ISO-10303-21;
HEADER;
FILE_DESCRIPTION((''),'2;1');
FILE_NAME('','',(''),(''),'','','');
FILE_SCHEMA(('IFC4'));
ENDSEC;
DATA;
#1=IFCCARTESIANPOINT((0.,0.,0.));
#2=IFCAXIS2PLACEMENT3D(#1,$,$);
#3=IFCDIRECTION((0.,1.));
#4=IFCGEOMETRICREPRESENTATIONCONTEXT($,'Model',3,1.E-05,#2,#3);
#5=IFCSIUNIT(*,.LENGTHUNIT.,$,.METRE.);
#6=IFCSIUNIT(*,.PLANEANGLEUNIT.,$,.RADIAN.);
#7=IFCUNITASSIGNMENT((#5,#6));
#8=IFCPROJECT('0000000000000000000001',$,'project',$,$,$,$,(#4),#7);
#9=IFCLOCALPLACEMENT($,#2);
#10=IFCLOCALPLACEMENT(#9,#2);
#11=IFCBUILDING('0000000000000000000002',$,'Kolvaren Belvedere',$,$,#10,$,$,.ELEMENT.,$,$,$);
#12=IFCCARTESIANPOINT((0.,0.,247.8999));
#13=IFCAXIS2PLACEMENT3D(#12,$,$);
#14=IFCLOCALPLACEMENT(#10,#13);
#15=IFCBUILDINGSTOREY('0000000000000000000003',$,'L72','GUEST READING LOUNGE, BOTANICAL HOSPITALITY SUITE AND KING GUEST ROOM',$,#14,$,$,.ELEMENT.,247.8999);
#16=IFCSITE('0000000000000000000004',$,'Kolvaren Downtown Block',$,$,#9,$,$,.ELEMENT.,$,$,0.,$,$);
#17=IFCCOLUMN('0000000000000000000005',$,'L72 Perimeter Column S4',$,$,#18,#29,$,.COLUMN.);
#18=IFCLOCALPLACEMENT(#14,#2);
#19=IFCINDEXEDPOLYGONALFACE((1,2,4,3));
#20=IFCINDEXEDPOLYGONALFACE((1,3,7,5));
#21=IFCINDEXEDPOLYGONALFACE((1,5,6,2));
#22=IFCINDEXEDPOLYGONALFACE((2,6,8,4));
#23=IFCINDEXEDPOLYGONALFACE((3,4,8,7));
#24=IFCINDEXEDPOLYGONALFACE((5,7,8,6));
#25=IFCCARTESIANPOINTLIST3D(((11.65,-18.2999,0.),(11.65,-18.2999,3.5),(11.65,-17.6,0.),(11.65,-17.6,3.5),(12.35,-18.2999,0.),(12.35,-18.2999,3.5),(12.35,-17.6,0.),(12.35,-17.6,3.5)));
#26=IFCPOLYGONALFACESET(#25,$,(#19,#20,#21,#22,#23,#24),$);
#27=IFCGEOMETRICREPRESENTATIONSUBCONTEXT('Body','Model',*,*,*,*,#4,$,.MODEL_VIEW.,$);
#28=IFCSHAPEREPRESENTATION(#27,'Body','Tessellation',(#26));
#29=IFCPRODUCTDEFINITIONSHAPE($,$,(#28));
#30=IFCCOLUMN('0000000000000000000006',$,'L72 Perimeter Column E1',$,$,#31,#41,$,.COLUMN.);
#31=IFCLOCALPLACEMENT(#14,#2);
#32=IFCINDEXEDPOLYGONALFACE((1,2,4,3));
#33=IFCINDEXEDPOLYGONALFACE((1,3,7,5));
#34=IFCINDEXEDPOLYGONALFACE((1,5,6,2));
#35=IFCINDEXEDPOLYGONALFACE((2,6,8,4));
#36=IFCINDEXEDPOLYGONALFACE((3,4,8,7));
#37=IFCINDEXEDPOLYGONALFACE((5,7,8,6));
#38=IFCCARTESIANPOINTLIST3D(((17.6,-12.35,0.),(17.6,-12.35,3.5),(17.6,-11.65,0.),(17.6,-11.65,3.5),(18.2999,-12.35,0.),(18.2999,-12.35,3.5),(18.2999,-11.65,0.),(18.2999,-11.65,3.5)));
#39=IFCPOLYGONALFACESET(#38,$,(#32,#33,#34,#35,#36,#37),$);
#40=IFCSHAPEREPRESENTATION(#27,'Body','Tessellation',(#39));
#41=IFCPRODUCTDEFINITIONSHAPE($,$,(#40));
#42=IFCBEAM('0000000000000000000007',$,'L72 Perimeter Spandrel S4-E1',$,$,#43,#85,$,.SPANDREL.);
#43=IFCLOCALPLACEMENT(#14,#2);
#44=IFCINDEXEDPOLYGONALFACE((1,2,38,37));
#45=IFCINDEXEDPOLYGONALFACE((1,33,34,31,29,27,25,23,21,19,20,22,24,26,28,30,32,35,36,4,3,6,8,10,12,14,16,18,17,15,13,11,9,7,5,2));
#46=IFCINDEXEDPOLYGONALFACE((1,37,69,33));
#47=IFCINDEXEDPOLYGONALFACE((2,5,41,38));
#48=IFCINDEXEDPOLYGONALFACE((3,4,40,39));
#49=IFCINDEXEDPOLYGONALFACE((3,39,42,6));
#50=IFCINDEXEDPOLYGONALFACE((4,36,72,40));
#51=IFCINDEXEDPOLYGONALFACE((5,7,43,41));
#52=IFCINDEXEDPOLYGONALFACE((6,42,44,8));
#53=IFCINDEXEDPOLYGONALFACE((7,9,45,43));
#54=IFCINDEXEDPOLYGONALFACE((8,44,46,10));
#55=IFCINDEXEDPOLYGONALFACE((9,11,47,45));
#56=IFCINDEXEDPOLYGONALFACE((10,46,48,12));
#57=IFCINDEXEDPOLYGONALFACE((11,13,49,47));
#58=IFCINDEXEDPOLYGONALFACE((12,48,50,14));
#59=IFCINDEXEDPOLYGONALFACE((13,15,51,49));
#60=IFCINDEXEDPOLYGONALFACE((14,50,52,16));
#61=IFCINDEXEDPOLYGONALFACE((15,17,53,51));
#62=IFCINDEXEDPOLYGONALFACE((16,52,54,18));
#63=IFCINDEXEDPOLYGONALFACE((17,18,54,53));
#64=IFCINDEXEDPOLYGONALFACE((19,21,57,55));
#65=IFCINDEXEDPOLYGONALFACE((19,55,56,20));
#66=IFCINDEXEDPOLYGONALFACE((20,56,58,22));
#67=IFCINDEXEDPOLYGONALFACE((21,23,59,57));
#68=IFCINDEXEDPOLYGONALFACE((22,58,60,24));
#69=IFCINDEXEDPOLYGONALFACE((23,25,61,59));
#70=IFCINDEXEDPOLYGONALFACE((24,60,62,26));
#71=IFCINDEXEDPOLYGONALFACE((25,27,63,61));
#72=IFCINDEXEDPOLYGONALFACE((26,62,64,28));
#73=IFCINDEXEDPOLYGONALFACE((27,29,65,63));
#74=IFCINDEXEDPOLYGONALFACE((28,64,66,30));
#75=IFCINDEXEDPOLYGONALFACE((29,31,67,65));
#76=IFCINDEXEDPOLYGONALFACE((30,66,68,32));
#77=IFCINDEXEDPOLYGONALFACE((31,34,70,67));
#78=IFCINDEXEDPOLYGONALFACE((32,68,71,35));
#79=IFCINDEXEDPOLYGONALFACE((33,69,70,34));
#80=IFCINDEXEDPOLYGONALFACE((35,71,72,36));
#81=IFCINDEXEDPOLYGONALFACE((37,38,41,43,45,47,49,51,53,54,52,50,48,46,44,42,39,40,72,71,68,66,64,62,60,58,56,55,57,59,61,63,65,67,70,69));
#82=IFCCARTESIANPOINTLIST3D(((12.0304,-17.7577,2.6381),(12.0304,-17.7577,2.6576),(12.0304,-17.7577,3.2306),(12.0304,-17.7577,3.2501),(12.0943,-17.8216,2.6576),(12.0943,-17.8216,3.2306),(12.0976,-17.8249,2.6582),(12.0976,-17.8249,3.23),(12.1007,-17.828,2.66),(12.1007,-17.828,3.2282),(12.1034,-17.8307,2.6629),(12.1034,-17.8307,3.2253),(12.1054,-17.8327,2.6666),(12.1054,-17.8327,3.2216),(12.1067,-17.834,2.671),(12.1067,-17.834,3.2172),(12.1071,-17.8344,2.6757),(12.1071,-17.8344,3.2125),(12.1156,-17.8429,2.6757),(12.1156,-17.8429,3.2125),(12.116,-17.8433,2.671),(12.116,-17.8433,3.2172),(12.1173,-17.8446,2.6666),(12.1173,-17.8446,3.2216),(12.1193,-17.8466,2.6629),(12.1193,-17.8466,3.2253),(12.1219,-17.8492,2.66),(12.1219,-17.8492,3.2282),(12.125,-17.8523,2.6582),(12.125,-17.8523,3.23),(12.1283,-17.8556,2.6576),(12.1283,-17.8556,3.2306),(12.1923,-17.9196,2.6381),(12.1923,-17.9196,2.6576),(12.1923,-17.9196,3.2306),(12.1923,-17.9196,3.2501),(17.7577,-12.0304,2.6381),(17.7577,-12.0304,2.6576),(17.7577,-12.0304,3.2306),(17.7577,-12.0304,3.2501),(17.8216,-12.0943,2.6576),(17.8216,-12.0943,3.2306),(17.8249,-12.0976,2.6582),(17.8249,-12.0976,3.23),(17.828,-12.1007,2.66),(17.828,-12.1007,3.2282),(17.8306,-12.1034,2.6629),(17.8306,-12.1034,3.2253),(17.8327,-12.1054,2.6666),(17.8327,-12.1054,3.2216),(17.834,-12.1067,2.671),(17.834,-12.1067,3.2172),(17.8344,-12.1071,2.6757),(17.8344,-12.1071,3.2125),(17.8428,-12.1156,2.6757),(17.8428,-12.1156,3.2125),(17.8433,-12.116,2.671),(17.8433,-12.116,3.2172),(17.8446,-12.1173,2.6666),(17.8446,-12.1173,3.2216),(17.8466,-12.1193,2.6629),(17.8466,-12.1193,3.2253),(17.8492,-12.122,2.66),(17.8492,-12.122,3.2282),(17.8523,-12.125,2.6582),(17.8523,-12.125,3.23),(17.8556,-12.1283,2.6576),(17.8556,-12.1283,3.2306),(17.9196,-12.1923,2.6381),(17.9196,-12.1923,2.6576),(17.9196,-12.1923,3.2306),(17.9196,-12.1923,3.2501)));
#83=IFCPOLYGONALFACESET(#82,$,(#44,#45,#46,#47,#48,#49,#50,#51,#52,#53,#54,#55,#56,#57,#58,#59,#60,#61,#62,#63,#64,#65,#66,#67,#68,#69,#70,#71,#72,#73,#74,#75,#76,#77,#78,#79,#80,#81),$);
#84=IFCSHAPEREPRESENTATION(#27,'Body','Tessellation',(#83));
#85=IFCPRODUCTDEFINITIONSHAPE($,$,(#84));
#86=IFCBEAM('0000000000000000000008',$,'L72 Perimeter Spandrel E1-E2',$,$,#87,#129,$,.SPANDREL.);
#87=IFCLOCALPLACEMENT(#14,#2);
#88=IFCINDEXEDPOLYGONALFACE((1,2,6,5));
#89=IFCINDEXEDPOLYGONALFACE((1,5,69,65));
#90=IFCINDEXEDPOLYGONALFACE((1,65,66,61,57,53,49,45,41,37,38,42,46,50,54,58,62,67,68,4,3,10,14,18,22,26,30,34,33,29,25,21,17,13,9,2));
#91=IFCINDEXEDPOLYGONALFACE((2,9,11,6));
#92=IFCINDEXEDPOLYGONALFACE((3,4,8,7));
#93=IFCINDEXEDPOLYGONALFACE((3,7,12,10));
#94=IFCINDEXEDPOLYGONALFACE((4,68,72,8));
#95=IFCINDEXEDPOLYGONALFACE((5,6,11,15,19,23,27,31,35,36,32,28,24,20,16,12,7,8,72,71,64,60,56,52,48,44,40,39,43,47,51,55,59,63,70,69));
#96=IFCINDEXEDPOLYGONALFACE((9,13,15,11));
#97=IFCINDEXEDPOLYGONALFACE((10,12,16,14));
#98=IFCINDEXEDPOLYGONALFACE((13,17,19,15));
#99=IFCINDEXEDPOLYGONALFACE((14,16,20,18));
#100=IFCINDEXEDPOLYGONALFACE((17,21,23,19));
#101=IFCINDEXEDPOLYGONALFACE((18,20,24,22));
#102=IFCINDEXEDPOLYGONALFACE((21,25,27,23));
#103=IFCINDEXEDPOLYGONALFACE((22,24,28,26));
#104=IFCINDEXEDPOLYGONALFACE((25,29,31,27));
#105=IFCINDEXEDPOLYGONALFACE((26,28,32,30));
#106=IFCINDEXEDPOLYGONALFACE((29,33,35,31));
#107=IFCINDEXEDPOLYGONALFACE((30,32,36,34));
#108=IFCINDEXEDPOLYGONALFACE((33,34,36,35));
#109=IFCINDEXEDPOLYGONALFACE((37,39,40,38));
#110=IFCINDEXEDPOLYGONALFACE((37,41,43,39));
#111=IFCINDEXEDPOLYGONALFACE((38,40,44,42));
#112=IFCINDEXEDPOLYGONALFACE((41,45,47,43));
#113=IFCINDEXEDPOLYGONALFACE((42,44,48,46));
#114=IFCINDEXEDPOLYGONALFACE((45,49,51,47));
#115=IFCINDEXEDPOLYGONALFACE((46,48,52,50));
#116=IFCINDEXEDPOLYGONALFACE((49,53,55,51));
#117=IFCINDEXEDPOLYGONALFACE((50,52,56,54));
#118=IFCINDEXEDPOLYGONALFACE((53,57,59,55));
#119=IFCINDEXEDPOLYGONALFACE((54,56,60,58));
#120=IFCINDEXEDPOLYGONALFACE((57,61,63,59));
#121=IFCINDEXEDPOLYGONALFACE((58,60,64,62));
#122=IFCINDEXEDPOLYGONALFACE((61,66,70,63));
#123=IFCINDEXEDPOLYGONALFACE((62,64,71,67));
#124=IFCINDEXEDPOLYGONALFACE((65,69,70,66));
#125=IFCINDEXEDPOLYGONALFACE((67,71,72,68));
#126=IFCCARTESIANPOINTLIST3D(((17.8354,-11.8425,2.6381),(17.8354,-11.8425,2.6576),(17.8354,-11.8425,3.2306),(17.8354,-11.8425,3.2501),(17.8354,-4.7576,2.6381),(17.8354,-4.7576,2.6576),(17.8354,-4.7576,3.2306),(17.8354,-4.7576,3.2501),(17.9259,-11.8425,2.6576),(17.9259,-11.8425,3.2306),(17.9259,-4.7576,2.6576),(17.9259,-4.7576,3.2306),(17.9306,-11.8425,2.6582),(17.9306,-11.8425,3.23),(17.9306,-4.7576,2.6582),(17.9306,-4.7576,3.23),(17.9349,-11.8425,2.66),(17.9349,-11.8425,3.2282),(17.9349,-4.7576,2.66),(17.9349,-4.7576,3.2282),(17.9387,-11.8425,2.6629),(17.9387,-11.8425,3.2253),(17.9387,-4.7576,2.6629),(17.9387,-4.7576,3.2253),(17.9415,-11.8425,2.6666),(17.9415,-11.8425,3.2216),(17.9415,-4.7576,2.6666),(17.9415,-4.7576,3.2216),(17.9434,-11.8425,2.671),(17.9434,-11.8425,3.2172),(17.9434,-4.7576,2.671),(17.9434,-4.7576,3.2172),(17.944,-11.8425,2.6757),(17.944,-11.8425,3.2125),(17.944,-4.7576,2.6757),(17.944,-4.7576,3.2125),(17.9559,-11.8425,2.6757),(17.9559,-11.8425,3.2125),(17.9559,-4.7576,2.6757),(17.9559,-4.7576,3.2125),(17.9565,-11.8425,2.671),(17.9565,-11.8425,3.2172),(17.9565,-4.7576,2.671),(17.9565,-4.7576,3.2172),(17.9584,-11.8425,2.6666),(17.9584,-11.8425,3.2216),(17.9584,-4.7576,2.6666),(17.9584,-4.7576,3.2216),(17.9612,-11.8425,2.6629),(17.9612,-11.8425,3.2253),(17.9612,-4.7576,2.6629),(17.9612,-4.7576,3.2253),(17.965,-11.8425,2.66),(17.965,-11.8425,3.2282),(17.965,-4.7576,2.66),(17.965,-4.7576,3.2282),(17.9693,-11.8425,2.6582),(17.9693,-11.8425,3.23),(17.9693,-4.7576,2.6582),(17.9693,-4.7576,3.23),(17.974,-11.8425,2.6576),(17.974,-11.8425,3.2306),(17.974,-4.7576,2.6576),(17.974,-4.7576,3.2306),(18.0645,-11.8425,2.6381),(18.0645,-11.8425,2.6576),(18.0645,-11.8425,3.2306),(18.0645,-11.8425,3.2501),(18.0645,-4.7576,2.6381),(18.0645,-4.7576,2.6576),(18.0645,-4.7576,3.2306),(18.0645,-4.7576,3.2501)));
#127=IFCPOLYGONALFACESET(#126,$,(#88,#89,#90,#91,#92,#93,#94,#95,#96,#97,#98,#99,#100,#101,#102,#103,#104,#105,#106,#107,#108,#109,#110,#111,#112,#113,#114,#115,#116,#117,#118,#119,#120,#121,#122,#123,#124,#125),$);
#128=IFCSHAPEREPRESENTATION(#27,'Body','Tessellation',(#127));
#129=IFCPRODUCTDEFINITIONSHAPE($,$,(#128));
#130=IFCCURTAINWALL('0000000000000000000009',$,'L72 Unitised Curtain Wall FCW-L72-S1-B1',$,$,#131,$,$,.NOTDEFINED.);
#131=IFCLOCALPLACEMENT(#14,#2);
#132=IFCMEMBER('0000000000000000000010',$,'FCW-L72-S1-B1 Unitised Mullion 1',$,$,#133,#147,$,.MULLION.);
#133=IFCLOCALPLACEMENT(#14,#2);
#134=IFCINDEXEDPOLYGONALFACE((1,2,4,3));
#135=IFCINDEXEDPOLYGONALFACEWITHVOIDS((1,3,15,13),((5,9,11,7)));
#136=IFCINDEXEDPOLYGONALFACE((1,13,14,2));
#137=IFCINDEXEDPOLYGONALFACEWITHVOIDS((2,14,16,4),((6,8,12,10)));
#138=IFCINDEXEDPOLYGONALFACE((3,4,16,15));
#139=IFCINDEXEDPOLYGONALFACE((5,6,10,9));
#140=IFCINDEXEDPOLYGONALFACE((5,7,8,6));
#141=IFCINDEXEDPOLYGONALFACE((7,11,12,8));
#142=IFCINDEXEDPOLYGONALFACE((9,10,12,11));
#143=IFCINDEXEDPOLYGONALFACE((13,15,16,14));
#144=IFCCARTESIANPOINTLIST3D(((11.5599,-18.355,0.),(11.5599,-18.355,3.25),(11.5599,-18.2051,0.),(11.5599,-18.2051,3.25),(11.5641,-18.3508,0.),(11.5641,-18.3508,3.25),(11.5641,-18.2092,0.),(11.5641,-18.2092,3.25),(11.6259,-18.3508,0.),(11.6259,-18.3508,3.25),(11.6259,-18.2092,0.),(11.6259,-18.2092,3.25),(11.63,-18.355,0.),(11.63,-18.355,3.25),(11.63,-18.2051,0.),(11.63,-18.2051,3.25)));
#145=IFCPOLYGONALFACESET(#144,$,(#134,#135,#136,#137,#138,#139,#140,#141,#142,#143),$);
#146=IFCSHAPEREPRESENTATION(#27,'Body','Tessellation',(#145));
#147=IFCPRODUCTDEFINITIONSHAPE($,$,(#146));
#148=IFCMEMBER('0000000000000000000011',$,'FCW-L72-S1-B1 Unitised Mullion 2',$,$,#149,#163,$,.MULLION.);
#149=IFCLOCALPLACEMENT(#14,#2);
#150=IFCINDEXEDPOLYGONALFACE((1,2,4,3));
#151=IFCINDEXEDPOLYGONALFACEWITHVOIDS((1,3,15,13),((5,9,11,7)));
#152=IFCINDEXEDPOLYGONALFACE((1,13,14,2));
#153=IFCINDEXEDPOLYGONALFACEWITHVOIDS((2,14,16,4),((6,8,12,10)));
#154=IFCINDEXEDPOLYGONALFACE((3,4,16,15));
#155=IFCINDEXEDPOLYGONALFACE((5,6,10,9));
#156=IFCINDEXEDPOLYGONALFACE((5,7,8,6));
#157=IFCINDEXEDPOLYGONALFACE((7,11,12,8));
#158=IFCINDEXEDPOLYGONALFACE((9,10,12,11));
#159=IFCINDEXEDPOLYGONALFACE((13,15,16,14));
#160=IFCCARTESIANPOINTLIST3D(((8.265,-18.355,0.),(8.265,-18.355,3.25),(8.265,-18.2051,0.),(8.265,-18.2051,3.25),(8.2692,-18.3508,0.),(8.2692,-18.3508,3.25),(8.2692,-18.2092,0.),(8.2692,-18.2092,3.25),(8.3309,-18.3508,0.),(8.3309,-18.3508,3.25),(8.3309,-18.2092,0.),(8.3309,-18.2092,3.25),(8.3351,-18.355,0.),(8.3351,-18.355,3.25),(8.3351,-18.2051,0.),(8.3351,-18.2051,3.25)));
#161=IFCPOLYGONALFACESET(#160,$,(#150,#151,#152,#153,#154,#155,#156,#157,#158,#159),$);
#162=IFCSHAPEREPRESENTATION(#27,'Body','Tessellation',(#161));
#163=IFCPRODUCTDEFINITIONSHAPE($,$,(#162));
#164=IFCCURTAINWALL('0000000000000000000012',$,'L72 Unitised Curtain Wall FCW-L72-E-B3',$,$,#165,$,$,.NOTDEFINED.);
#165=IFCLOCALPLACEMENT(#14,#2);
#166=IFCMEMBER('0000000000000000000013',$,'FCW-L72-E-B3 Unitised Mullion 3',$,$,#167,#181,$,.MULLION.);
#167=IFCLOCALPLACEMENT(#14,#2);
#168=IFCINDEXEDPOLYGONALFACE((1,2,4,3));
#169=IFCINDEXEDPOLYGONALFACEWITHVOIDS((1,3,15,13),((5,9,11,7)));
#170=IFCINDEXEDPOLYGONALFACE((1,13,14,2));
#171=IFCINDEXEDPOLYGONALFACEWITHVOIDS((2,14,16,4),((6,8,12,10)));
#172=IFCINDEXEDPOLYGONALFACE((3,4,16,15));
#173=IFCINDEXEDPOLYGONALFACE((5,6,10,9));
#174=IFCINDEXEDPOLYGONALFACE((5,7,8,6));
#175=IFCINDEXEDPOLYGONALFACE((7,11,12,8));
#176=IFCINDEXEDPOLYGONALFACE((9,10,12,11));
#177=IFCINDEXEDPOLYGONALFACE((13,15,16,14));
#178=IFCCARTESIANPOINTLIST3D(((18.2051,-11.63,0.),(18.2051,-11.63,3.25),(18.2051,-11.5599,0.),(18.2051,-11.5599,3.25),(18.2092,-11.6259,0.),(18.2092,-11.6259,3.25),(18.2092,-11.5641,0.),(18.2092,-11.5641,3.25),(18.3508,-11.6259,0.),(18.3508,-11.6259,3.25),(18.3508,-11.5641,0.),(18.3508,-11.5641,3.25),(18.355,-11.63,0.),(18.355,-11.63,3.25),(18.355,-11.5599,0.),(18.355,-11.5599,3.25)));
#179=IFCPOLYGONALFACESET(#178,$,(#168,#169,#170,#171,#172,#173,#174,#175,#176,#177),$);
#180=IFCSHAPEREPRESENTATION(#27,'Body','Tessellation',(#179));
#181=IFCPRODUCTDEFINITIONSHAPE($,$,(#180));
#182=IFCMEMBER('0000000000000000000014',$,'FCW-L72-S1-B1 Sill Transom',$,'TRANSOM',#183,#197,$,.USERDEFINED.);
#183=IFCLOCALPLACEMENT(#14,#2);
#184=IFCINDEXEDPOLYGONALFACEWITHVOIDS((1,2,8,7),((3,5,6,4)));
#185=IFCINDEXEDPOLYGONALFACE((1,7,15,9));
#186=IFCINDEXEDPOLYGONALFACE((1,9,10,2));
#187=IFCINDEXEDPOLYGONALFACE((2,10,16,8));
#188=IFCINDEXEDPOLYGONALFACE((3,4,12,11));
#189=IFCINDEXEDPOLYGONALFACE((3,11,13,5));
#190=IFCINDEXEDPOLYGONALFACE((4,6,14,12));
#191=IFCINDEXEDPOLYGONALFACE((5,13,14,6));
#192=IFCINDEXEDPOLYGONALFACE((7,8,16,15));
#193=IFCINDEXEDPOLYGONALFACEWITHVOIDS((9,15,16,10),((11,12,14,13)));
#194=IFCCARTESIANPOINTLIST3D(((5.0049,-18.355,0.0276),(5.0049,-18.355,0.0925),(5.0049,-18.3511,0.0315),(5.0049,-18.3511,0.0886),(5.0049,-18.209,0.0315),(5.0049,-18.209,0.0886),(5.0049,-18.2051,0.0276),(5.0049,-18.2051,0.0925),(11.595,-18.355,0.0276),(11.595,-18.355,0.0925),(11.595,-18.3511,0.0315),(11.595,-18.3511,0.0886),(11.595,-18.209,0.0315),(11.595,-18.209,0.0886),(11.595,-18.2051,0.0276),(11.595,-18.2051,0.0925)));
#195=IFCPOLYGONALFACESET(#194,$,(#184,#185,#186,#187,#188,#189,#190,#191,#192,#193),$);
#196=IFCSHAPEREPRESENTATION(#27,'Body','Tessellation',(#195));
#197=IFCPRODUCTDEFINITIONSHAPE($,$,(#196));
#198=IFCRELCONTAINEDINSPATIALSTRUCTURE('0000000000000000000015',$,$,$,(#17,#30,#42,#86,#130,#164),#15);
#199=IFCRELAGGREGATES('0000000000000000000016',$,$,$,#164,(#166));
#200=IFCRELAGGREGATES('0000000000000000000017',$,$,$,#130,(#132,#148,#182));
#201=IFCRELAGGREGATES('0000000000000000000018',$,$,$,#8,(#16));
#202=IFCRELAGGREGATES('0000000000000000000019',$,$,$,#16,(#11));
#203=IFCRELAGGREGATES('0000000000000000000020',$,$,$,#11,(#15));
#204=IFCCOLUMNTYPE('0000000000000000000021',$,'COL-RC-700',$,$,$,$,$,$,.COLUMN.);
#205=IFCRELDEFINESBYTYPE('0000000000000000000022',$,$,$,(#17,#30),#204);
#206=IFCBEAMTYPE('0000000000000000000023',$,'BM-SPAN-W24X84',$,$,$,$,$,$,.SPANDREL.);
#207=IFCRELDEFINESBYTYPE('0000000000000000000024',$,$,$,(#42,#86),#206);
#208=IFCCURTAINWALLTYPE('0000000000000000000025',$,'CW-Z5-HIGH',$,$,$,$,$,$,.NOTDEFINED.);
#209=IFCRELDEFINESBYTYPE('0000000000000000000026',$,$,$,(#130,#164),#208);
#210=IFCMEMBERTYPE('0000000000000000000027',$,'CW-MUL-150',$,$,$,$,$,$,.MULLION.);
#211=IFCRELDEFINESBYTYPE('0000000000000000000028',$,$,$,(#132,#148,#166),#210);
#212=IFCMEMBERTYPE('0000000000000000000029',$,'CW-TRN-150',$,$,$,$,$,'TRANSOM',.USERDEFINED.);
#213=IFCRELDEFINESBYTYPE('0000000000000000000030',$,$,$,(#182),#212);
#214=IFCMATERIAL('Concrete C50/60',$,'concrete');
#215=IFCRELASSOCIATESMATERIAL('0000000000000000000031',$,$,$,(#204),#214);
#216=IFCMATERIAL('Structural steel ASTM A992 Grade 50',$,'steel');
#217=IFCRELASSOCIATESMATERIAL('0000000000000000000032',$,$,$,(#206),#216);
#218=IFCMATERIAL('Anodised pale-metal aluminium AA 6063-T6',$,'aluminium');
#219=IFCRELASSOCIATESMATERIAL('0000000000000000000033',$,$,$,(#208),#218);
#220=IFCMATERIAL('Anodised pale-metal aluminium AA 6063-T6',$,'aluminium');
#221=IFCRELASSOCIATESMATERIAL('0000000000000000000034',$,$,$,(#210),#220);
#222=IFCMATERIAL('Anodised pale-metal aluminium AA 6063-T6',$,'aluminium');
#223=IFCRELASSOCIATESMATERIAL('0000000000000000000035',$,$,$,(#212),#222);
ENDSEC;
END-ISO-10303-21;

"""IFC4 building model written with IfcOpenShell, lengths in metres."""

from ifc_helpers import new_model, si_unit, direction, frame, origin, origin_2d, place, context, subcontext, project, spatial, rectangle, hollow_rectangle, i_section, extrude, material, material_profile, profile_set, type_object, element, aggregate, save


model = new_model("IFC4")

# Units and contexts
model_context = context("Model", 3, precision=1e-05, world=origin(), true_north=direction((0.0, 1.0)))
body_context = subcontext(model_context, "Body", "Model", "MODEL_VIEW")
ifc_project = project(units=[si_unit("LENGTHUNIT", "METRE"), si_unit("PLANEANGLEUNIT", "RADIAN")], contexts=[model_context])

# Site, building, storey
site_placement = place(None, origin())
site = spatial("IfcSite", under=ifc_project, at=site_placement, Name="Kolvaren Downtown Block", CompositionType="ELEMENT", RefElevation=0.0)
building_placement = place(site_placement, origin())
building = spatial("IfcBuilding", under=site, at=building_placement, Name="Kolvaren Belvedere", CompositionType="ELEMENT")
storey_placement = place(building_placement, frame((0.0, 0.0, 247.8999)))
storey = spatial("IfcBuildingStorey", under=building, at=storey_placement, Name="L72", Description="GUEST READING LOUNGE, BOTANICAL HOSPITALITY SUITE AND KING GUEST ROOM", CompositionType="ELEMENT", Elevation=247.8999)

# Columns
ifc_material_1 = material(Name="Concrete C50/60", Category="concrete")
ifc_material_profile_1 = material_profile(ifc_material_1, rectangle(XDim=0.7, YDim=0.7, at=origin_2d()), Name="RC 700X700")
ifc_profile_set_1 = profile_set([ifc_material_profile_1], Name="Concrete C50/60")
column_type = type_object("IfcColumnType", Name="COL-RC-700", PredefinedType="COLUMN", material=ifc_profile_set_1)
for number, where, z_axis, x_axis, name in (
    (1, (12.0, -17.95, 0.0), (0.0, 0.0, 1.0), (1.0, 0.0, 0.0), "L72 Perimeter Column S4"),
    (2, (17.95, -12.0, 0.0), (0.0, 0.0, 1.0), (1.0, 0.0, 0.0), "L72 Perimeter Column E1"),
):
    element("IfcColumn", number, at=place(storey_placement, frame(where, z_axis=z_axis, x_axis=x_axis)), inside=storey, type_object=column_type, Name=name, PredefinedType="COLUMN", context=body_context, shape_type="SweptSolid", body=[
        extrude(rectangle(XDim=0.7, YDim=0.7, at=origin_2d()), origin(), (0.0, 0.0, 1.0), 3.5),
    ])

# Beams
ifc_material_2 = material(Name="Structural steel ASTM A992 Grade 50", Category="steel")
ifc_material_profile_2 = material_profile(ifc_material_2, i_section(OverallWidth=0.229, OverallDepth=0.6121, WebThickness=0.012, FlangeThickness=0.0195, FilletRadius=0.0181, at=origin_2d()), Name="W24X84")
ifc_profile_set_2 = profile_set([ifc_material_profile_2], Name="Structural steel ASTM A992 Grade 50")
beam_type = type_object("IfcBeamType", Name="BM-SPAN-W24X84", PredefinedType="SPANDREL", material=ifc_profile_set_2)
beam_1_placement = place(storey_placement, frame((12.1113, -17.8386, 2.9441), z_axis=(0.707107, 0.707107, 0.0), x_axis=(-0.707107, 0.707107, 0.0)))
element("IfcBeam", 3, at=beam_1_placement, inside=storey, type_object=beam_type, Name="L72 Perimeter Spandrel S4-E1", PredefinedType="SPANDREL", context=body_context, shape_type="SweptSolid", body=[
    extrude(i_section(OverallWidth=0.229, OverallDepth=0.6121, WebThickness=0.012, FlangeThickness=0.0195, FilletRadius=0.0181, at=origin_2d()), origin(), (0.0, 0.0, 1.0), 8.0996),
])
beam_2_placement = place(storey_placement, frame((17.95, -11.8425, 2.9441), z_axis=(0.0, 1.0, 0.0), x_axis=(-1.0, 0.0, 0.0)))
element("IfcBeam", 4, at=beam_2_placement, inside=storey, type_object=beam_type, Name="L72 Perimeter Spandrel E1-E2", PredefinedType="SPANDREL", context=body_context, shape_type="SweptSolid", body=[
    extrude(i_section(OverallWidth=0.229, OverallDepth=0.6121, WebThickness=0.012, FlangeThickness=0.0195, FilletRadius=0.0181, at=origin_2d()), origin(), (0.0, 0.0, 1.0), 7.085),
])

# Curtain wall, members
ifc_material_3 = material(Name="Anodised pale-metal aluminium AA 6063-T6", Category="aluminium")
curtain_wall_type = type_object("IfcCurtainWallType", Name="CW-Z5-HIGH", PredefinedType="NOTDEFINED", material=ifc_material_3)
curtain_wall_1_placement = place(storey_placement, origin())
curtain_wall_1 = element("IfcCurtainWall", 5, at=curtain_wall_1_placement, inside=storey, type_object=curtain_wall_type, Name="L72 Unitised Curtain Wall FCW-L72-S1-B1", PredefinedType="NOTDEFINED")
ifc_material_4 = material(Name="Anodised pale-metal aluminium AA 6063-T6", Category="aluminium")
ifc_material_profile_3 = material_profile(ifc_material_4, hollow_rectangle(XDim=0.0701, YDim=0.1499, WallThickness=0.0042, at=origin_2d()), Name="ALU-MUL-150X70")
ifc_profile_set_3 = profile_set([ifc_material_profile_3], Name="Anodised pale-metal aluminium AA 6063-T6")
member_type_1 = type_object("IfcMemberType", Name="CW-MUL-150", PredefinedType="MULLION", material=ifc_profile_set_3)
member_1_placement = place(storey_placement, frame((11.595, -18.28, 0.0), z_axis=(0.0, 0.0, 1.0), x_axis=(1.0, 0.0, 0.0)))
member_1 = element("IfcMember", 6, at=member_1_placement, type_object=member_type_1, Name="FCW-L72-S1-B1 Unitised Mullion 1", PredefinedType="MULLION", context=body_context, shape_type="SweptSolid", body=[
    extrude(hollow_rectangle(XDim=0.0701, YDim=0.1499, WallThickness=0.0042, at=origin_2d()), origin(), (0.0, 0.0, 1.0), 3.25),
])
member_2_placement = place(storey_placement, frame((8.3, -18.28, 0.0), z_axis=(0.0, 0.0, 1.0), x_axis=(1.0, 0.0, 0.0)))
member_2 = element("IfcMember", 7, at=member_2_placement, type_object=member_type_1, Name="FCW-L72-S1-B1 Unitised Mullion 2", PredefinedType="MULLION", context=body_context, shape_type="SweptSolid", body=[
    extrude(hollow_rectangle(XDim=0.0701, YDim=0.1499, WallThickness=0.0042, at=origin_2d()), origin(), (0.0, 0.0, 1.0), 3.25),
])

# Curtain wall, member
curtain_wall_2_placement = place(storey_placement, origin())
curtain_wall_2 = element("IfcCurtainWall", 8, at=curtain_wall_2_placement, inside=storey, type_object=curtain_wall_type, Name="L72 Unitised Curtain Wall FCW-L72-E-B3", PredefinedType="NOTDEFINED")
member_3_placement = place(storey_placement, frame((18.28, -11.595, 0.0), z_axis=(0.0, 0.0, 1.0), x_axis=(0.0, 1.0, 0.0)))
member_3 = element("IfcMember", 9, at=member_3_placement, type_object=member_type_1, Name="FCW-L72-E-B3 Unitised Mullion 3", PredefinedType="MULLION", context=body_context, shape_type="SweptSolid", body=[
    extrude(hollow_rectangle(XDim=0.0701, YDim=0.1499, WallThickness=0.0042, at=origin_2d()), origin(), (0.0, 0.0, 1.0), 3.25),
])
aggregate(curtain_wall_2, [member_3])

# Member
ifc_material_5 = material(Name="Anodised pale-metal aluminium AA 6063-T6", Category="aluminium")
ifc_material_profile_4 = material_profile(ifc_material_5, hollow_rectangle(XDim=0.0649, YDim=0.1499, WallThickness=0.0039, at=origin_2d()), Name="ALU-TRN-150X65")
ifc_profile_set_4 = profile_set([ifc_material_profile_4], Name="Anodised pale-metal aluminium AA 6063-T6")
member_type_2 = type_object("IfcMemberType", Name="CW-TRN-150", ElementType="TRANSOM", PredefinedType="USERDEFINED", material=ifc_profile_set_4)
member_4_placement = place(storey_placement, frame((11.595, -18.28, 0.0601), z_axis=(-1.0, 0.0, 0.0), x_axis=(0.0, 0.0, 1.0)))
member_4 = element("IfcMember", 10, at=member_4_placement, type_object=member_type_2, Name="FCW-L72-S1-B1 Sill Transom", ObjectType="TRANSOM", PredefinedType="USERDEFINED", context=body_context, shape_type="SweptSolid", body=[
    extrude(hollow_rectangle(XDim=0.0649, YDim=0.1499, WallThickness=0.0039, at=origin_2d()), origin(), (0.0, 0.0, 1.0), 6.5901),
])

aggregate(curtain_wall_1, [member_1, member_2, member_4])

save(model, "model.ifc")
